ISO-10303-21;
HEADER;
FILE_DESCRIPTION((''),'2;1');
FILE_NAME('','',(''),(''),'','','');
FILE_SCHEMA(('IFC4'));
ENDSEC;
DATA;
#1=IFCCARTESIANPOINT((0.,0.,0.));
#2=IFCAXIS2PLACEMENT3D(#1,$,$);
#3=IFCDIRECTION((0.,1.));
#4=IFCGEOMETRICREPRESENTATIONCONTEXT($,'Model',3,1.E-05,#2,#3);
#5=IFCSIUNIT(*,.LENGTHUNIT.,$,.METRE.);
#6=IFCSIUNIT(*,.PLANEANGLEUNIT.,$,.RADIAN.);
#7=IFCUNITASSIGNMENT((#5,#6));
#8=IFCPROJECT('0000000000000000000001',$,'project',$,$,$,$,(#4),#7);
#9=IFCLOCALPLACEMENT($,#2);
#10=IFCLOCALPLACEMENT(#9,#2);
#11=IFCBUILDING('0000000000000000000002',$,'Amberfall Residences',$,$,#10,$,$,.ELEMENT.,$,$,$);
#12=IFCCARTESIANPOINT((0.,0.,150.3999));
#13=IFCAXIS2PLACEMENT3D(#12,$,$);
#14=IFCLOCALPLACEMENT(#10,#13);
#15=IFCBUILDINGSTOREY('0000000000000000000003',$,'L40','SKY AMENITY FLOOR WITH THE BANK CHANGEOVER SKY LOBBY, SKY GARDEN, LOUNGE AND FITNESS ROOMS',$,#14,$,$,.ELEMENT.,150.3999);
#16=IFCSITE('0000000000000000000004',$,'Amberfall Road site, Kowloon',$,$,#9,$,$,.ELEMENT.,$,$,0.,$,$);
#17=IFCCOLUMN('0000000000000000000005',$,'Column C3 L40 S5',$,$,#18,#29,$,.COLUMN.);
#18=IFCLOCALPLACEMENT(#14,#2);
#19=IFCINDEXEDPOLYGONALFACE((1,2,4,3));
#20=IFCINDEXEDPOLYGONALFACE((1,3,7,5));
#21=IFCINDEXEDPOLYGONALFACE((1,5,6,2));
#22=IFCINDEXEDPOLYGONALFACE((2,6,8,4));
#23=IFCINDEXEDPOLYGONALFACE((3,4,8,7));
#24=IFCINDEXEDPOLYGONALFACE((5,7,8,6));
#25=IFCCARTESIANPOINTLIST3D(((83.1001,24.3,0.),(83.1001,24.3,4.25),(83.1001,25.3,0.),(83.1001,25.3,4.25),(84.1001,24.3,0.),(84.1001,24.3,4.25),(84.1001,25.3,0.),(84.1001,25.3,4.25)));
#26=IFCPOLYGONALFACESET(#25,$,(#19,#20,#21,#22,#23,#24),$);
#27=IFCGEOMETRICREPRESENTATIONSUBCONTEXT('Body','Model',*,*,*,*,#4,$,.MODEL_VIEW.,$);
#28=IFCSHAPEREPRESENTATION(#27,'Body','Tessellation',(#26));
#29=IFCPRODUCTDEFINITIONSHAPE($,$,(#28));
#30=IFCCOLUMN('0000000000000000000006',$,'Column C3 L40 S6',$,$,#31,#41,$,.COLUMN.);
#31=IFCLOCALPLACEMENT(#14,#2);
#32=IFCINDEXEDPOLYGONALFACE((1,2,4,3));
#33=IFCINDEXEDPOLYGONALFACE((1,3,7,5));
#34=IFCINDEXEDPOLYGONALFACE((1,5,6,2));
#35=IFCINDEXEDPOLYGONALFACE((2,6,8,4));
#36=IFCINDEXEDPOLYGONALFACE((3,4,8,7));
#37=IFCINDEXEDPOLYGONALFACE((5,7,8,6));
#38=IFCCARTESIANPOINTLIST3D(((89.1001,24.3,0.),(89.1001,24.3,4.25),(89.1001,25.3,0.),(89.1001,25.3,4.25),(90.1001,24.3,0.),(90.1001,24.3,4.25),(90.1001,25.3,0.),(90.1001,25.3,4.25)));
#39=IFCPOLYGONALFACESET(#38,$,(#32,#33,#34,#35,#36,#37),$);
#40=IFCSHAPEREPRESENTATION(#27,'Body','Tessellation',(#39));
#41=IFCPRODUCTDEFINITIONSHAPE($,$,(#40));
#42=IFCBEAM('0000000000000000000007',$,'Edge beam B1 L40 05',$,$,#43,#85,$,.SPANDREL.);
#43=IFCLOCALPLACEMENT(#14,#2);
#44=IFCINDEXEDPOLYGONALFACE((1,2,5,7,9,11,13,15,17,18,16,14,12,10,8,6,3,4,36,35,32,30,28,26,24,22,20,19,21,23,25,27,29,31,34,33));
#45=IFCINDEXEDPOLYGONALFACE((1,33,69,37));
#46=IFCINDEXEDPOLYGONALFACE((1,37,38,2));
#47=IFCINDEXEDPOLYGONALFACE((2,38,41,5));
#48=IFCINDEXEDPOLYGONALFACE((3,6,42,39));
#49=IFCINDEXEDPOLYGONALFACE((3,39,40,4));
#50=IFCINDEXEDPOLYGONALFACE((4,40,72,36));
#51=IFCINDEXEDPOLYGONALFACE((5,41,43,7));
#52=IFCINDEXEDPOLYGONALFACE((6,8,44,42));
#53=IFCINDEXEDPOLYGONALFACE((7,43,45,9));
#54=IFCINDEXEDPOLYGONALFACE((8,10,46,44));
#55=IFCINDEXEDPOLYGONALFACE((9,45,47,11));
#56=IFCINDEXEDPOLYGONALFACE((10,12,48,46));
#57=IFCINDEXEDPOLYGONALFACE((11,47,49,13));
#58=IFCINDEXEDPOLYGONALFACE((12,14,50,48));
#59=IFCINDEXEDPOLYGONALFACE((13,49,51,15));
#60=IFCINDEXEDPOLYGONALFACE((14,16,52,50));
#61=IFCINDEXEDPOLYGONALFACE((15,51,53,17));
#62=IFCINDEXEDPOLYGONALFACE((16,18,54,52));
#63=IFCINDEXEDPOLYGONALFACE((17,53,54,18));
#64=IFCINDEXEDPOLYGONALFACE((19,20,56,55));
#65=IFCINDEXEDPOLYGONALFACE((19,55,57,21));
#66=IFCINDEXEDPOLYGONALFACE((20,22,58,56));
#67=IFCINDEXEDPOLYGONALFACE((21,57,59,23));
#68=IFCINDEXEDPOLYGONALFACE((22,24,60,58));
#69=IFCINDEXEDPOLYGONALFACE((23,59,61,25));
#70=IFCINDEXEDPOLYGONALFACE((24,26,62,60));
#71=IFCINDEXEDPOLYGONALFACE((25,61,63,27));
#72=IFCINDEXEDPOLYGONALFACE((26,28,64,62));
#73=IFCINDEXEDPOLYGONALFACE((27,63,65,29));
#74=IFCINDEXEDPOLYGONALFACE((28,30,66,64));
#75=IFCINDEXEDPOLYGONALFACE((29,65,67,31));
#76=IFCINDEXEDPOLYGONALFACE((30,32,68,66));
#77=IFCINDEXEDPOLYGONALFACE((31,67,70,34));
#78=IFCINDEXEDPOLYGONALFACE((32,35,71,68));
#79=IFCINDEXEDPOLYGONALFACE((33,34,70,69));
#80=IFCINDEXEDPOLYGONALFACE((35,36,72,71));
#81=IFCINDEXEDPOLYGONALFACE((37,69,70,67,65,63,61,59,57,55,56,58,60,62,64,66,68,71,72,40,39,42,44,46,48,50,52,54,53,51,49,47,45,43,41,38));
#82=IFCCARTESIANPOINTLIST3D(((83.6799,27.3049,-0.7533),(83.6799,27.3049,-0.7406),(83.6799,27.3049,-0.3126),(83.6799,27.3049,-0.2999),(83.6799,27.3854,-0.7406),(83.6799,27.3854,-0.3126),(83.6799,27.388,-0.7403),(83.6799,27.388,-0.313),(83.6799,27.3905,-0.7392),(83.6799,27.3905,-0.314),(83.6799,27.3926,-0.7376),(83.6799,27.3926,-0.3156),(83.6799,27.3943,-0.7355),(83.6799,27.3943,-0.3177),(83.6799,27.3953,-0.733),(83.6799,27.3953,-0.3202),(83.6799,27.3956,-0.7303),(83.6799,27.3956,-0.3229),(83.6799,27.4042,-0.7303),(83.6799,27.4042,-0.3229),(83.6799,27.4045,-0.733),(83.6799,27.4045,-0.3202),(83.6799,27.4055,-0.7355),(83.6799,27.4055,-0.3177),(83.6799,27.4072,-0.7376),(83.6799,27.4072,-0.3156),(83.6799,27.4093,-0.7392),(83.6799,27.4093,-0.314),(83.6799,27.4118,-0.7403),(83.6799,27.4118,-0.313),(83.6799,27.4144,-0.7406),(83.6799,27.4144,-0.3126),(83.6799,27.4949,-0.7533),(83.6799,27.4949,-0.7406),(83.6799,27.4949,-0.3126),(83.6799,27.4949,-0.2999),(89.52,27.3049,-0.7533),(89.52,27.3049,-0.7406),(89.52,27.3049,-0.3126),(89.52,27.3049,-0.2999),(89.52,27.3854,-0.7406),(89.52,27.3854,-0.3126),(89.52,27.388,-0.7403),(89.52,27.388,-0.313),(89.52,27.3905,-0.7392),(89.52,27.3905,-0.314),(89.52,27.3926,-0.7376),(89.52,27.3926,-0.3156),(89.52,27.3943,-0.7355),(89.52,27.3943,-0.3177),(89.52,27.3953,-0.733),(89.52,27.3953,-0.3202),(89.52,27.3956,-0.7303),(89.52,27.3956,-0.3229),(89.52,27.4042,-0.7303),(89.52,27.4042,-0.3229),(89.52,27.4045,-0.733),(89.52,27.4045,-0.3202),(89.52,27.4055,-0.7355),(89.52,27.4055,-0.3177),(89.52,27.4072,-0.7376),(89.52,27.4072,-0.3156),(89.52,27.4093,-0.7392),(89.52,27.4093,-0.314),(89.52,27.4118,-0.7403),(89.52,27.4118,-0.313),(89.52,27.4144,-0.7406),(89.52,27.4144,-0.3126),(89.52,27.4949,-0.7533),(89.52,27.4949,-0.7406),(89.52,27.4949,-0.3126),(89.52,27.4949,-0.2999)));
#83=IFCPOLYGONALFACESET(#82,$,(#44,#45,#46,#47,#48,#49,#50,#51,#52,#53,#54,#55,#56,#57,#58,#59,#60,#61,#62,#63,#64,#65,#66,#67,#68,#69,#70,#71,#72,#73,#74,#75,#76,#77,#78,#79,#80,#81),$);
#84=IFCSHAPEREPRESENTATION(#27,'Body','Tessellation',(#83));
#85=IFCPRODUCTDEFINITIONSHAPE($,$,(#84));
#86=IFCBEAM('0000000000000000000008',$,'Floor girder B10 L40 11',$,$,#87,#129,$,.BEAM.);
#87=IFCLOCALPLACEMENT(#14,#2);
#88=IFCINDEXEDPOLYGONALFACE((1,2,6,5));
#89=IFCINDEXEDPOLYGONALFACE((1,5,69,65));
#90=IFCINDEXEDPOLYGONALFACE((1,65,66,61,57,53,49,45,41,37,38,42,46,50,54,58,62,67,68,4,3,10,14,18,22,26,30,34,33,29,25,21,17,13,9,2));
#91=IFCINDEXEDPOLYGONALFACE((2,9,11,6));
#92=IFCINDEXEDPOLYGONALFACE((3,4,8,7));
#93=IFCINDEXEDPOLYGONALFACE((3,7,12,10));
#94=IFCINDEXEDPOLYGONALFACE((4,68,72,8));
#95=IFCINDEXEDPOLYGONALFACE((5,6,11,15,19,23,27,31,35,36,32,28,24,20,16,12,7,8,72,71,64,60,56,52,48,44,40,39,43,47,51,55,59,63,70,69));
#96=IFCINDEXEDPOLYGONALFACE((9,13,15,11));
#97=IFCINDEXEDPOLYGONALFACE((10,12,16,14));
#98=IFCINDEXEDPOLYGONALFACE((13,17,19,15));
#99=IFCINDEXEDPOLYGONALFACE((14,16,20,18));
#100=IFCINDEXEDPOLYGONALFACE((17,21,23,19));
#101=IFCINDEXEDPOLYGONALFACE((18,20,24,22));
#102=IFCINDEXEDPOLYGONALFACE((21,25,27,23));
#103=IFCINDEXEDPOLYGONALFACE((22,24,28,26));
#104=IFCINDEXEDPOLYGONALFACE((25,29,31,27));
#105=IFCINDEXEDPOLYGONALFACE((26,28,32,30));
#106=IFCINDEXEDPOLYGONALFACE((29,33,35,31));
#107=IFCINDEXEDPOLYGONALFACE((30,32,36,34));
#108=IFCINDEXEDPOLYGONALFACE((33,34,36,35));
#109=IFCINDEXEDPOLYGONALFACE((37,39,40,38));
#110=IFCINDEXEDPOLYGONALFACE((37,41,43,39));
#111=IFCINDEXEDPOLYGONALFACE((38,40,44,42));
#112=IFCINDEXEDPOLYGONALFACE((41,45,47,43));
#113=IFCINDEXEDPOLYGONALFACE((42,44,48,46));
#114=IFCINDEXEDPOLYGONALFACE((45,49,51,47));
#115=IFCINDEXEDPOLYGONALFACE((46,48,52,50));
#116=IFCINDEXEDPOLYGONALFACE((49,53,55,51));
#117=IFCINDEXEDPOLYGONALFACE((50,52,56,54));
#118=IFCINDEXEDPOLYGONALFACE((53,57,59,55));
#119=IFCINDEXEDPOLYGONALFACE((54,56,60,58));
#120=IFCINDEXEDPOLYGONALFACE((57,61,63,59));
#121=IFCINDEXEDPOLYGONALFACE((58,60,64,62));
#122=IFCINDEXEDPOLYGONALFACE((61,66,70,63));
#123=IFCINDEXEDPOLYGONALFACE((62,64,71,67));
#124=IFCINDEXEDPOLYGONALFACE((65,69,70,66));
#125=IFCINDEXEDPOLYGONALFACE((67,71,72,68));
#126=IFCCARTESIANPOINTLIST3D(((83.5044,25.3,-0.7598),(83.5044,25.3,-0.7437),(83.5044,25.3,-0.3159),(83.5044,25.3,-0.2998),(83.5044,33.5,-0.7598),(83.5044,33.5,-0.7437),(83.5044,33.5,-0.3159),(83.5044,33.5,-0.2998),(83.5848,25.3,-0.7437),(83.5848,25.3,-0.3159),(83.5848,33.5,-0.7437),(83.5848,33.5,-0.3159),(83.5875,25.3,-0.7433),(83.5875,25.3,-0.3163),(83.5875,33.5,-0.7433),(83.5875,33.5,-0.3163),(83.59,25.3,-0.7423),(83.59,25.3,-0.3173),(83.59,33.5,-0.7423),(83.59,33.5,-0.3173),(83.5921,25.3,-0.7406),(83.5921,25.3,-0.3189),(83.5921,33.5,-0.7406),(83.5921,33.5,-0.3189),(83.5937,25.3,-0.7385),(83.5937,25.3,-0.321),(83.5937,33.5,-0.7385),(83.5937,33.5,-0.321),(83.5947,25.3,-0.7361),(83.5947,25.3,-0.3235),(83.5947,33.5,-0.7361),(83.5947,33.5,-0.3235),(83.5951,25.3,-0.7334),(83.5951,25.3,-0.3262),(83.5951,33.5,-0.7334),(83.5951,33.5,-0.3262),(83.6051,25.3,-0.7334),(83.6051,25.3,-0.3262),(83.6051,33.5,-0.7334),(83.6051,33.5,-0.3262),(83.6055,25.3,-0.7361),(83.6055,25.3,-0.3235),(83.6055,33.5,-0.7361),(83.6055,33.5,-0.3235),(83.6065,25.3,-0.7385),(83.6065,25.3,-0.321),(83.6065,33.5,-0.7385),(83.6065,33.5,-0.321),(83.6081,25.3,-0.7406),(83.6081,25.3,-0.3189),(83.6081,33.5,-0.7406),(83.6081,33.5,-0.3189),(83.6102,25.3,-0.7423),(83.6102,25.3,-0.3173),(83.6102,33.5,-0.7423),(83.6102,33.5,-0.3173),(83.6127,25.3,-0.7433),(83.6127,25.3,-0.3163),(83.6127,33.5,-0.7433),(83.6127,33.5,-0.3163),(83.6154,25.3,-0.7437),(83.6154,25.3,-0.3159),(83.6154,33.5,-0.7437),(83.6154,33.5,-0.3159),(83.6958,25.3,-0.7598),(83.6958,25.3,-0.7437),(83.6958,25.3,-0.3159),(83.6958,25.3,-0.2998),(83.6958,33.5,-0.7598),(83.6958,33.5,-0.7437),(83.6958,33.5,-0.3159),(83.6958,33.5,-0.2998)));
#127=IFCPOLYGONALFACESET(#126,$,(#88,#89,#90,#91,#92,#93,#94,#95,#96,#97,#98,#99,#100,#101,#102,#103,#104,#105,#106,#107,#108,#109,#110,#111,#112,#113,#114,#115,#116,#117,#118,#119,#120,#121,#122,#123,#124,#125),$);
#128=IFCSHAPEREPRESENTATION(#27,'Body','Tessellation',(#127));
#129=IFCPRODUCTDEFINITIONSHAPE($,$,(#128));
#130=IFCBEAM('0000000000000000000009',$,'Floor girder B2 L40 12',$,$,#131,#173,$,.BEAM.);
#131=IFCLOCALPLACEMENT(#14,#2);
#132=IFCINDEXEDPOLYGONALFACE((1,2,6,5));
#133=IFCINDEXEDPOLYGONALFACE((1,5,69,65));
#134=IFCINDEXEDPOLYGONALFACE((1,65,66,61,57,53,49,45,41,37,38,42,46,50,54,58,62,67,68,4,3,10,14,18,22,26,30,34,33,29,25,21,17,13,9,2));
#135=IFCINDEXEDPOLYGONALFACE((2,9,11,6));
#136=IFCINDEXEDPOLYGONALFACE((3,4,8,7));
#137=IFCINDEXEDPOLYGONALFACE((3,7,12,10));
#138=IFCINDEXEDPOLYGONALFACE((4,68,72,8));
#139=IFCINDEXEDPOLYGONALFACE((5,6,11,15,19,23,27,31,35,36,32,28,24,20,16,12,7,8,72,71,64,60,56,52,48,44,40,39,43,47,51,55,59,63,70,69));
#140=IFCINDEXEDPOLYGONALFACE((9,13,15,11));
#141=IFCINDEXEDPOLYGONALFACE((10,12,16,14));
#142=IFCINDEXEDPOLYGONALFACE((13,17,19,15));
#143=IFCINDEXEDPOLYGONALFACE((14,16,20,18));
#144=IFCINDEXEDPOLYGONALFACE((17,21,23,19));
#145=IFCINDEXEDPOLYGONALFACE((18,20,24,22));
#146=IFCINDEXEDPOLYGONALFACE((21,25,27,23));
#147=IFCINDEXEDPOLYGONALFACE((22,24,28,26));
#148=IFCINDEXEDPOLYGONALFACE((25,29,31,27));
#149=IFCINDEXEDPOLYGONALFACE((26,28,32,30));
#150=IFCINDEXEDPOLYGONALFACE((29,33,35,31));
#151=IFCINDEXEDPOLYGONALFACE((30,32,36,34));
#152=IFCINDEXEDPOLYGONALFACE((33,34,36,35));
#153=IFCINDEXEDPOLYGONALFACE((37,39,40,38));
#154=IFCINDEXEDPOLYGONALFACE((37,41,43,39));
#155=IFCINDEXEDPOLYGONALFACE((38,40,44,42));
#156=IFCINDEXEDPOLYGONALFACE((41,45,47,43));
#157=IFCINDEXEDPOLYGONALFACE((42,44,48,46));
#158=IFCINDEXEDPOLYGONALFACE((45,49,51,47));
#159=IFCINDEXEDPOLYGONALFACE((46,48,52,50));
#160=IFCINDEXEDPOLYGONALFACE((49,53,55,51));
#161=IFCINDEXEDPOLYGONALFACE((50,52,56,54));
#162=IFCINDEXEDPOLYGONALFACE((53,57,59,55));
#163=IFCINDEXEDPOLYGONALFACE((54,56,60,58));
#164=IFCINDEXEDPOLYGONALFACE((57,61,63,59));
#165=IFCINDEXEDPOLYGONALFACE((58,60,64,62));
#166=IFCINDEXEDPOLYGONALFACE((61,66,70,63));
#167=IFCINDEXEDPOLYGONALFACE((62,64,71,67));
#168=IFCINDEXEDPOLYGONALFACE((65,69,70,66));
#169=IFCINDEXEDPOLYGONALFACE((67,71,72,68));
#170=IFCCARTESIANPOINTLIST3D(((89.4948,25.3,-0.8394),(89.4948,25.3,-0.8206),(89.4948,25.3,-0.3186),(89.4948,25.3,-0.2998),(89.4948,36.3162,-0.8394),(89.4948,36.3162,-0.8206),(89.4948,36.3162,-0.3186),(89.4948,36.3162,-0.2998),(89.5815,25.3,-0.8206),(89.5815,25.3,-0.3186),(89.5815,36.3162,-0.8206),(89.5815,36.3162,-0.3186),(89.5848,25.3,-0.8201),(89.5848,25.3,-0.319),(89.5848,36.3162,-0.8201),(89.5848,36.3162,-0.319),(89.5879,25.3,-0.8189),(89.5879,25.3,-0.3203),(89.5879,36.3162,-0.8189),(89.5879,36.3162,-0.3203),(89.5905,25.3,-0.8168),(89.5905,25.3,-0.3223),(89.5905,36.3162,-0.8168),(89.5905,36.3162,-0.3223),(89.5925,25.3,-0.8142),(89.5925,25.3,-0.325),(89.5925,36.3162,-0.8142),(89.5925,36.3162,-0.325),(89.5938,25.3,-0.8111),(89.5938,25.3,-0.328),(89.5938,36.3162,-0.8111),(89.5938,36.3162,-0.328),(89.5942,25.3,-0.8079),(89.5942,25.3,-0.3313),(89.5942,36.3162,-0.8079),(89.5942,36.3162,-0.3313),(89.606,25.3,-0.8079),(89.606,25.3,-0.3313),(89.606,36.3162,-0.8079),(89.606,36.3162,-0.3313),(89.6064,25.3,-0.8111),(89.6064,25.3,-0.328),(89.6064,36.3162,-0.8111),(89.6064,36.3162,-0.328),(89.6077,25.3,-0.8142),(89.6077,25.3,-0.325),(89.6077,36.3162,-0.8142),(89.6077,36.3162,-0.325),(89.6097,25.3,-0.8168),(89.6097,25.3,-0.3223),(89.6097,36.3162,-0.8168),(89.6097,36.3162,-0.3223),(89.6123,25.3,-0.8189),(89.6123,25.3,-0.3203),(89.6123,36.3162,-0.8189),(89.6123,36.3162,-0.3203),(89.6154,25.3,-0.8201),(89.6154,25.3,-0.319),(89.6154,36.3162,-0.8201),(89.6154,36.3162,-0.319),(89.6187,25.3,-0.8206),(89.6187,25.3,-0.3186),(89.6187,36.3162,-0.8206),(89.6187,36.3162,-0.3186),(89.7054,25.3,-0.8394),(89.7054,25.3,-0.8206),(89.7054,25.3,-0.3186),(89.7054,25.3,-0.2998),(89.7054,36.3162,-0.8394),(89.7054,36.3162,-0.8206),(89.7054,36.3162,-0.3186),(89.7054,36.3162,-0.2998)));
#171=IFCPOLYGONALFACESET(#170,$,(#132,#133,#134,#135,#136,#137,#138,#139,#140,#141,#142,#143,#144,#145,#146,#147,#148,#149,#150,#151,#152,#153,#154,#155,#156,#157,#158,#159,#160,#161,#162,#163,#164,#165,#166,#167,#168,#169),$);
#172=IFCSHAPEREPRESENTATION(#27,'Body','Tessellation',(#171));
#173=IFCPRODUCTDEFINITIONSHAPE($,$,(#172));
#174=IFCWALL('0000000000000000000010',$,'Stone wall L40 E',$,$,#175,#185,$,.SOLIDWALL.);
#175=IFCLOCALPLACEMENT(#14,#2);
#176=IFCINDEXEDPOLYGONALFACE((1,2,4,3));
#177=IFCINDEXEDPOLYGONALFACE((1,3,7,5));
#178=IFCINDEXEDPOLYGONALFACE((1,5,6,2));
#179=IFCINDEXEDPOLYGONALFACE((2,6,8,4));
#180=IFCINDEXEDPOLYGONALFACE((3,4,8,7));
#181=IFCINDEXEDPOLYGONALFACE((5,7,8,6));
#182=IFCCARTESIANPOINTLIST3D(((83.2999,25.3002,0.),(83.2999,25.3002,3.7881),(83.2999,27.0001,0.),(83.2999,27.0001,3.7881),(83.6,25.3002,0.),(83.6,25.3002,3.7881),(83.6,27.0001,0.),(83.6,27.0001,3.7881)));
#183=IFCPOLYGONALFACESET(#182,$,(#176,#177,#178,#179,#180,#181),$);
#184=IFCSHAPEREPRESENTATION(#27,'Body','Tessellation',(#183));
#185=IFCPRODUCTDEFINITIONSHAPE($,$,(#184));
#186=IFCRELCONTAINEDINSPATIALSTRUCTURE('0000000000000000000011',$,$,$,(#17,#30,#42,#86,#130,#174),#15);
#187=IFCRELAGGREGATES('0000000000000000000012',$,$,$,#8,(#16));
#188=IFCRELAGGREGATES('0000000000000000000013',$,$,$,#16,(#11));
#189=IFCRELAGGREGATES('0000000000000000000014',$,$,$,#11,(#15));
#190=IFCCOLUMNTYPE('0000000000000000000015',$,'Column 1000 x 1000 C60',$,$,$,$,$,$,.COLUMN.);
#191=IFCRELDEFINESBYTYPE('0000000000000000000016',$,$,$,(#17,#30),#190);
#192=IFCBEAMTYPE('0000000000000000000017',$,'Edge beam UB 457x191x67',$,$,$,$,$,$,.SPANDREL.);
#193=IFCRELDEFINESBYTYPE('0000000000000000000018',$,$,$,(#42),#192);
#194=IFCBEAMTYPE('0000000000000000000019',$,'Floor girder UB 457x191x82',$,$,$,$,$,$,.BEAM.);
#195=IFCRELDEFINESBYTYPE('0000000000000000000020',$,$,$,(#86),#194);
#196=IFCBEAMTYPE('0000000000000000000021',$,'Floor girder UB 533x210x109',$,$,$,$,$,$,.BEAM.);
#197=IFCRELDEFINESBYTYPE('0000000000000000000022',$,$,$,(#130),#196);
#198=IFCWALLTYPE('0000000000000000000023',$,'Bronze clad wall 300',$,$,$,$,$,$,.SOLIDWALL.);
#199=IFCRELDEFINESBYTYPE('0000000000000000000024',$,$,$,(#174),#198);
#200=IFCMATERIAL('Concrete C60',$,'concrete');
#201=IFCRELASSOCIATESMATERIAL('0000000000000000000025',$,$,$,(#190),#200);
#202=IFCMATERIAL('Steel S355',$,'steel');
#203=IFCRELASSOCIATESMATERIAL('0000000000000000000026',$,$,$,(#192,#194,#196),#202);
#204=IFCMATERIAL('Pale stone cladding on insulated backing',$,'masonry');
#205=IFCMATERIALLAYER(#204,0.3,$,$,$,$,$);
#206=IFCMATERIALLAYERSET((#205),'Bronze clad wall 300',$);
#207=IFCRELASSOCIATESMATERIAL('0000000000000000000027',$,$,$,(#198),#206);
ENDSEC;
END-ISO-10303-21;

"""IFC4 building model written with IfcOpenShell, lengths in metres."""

from ifc_helpers import new_model, si_unit, direction, frame, frame_2d, origin, origin_2d, place, context, subcontext, project, spatial, rectangle, i_section, extrude, material, layer, layer_set, material_profile, profile_set, type_object, element, save


model = new_model("IFC4")

# Units and contexts
model_context = context("Model", 3, precision=1e-05, world=origin(), true_north=direction((0.0, 1.0)))
body_context = subcontext(model_context, "Body", "Model", "MODEL_VIEW")
ifc_project = project(units=[si_unit("LENGTHUNIT", "METRE"), si_unit("PLANEANGLEUNIT", "RADIAN")], contexts=[model_context])

# Site, building, storey
site_placement = place(None, origin())
site = spatial("IfcSite", under=ifc_project, at=site_placement, Name="Amberfall Road site, Kowloon", CompositionType="ELEMENT", RefElevation=0.0)
building_placement = place(site_placement, origin())
building = spatial("IfcBuilding", under=site, at=building_placement, Name="Amberfall Residences", CompositionType="ELEMENT")
storey_placement = place(building_placement, frame((0.0, 0.0, 150.3999)))
storey = spatial("IfcBuildingStorey", under=building, at=storey_placement, Name="L40", Description="SKY AMENITY FLOOR WITH THE BANK CHANGEOVER SKY LOBBY, SKY GARDEN, LOUNGE AND FITNESS ROOMS", CompositionType="ELEMENT", Elevation=150.3999)

# Columns
ifc_material_1 = material(Name="Concrete C60", Category="concrete")
ifc_material_profile_1 = material_profile(ifc_material_1, rectangle(XDim=1.0, YDim=1.0, at=origin_2d()), Name="Column 1000 x 1000 C60")
ifc_profile_set_1 = profile_set([ifc_material_profile_1], Name="Concrete C60")
column_type = type_object("IfcColumnType", Name="Column 1000 x 1000 C60", PredefinedType="COLUMN", material=ifc_profile_set_1)
for number, where, z_axis, x_axis, name in (
    (1, (83.6001, 24.8, 0.0), (0.0, 0.0, 1.0), (1.0, 0.0, 0.0), "Column C3 L40 S5"),
    (2, (89.6001, 24.8, 0.0), (0.0, 0.0, 1.0), (1.0, 0.0, 0.0), "Column C3 L40 S6"),
):
    element("IfcColumn", number, at=place(storey_placement, frame(where, z_axis=z_axis, x_axis=x_axis)), inside=storey, type_object=column_type, Name=name, PredefinedType="COLUMN", context=body_context, shape_type="SweptSolid", body=[
        extrude(rectangle(XDim=1.0, YDim=1.0, at=origin_2d()), origin(), (0.0, 0.0, 1.0), 4.25),
    ])

# Beams
ifc_material_2 = material(Name="Steel S355", Category="steel")
ifc_material_profile_2 = material_profile(ifc_material_2, i_section(OverallWidth=0.1899, OverallDepth=0.4534, WebThickness=0.0085, FlangeThickness=0.0127, FilletRadius=0.0103, at=origin_2d()), Name="UB 457x191x67")
ifc_profile_set_2 = profile_set([ifc_material_profile_2], Name="Steel S355")
beam_type_1 = type_object("IfcBeamType", Name="Edge beam UB 457x191x67", PredefinedType="SPANDREL", material=ifc_profile_set_2)
beam_1_placement = place(storey_placement, frame((83.6799, 27.3999, -0.5266), z_axis=(1.0, 0.0, 0.0), x_axis=(0.0, 1.0, 0.0)))
element("IfcBeam", 3, at=beam_1_placement, inside=storey, type_object=beam_type_1, Name="Edge beam B1 L40 05", PredefinedType="SPANDREL", context=body_context, shape_type="SweptSolid", body=[
    extrude(i_section(OverallWidth=0.1899, OverallDepth=0.4534, WebThickness=0.0085, FlangeThickness=0.0127, FilletRadius=0.0103, at=origin_2d()), origin(), (0.0, 0.0, 1.0), 5.8401),
])
ifc_material_profile_3 = material_profile(ifc_material_2, i_section(OverallWidth=0.1914, OverallDepth=0.46, WebThickness=0.01, FlangeThickness=0.0161, FilletRadius=0.0103, at=origin_2d()), Name="UB 457x191x82")
ifc_profile_set_3 = profile_set([ifc_material_profile_3], Name="Steel S355")
beam_type_2 = type_object("IfcBeamType", Name="Floor girder UB 457x191x82", PredefinedType="BEAM", material=ifc_profile_set_3)
beam_2_placement = place(storey_placement, frame((83.6001, 25.3, -0.5298), z_axis=(0.0, 1.0, 0.0), x_axis=(-1.0, 0.0, 0.0)))
element("IfcBeam", 4, at=beam_2_placement, inside=storey, type_object=beam_type_2, Name="Floor girder B10 L40 11", PredefinedType="BEAM", context=body_context, shape_type="SweptSolid", body=[
    extrude(i_section(OverallWidth=0.1914, OverallDepth=0.46, WebThickness=0.01, FlangeThickness=0.0161, FilletRadius=0.0103, at=origin_2d()), origin(), (0.0, 0.0, 1.0), 8.2),
])
ifc_material_profile_4 = material_profile(ifc_material_2, i_section(OverallWidth=0.2107, OverallDepth=0.5396, WebThickness=0.0117, FlangeThickness=0.0188, FilletRadius=0.0127, at=origin_2d()), Name="UB 533x210x109")
ifc_profile_set_4 = profile_set([ifc_material_profile_4], Name="Steel S355")
beam_type_3 = type_object("IfcBeamType", Name="Floor girder UB 533x210x109", PredefinedType="BEAM", material=ifc_profile_set_4)
beam_3_placement = place(storey_placement, frame((89.6001, 25.3, -0.5696), z_axis=(0.0, 1.0, 0.0), x_axis=(-1.0, 0.0, 0.0)))
element("IfcBeam", 5, at=beam_3_placement, inside=storey, type_object=beam_type_3, Name="Floor girder B2 L40 12", PredefinedType="BEAM", context=body_context, shape_type="SweptSolid", body=[
    extrude(i_section(OverallWidth=0.2107, OverallDepth=0.5396, WebThickness=0.0117, FlangeThickness=0.0188, FilletRadius=0.0127, at=origin_2d()), origin(), (0.0, 0.0, 1.0), 11.0161),
])

# Wall
ifc_material_3 = material(Name="Pale stone cladding on insulated backing", Category="masonry")
ifc_layer_1 = layer(ifc_material_3, 0.3)
ifc_layer_set_1 = layer_set([ifc_layer_1], Name="Bronze clad wall 300")
wall_type_1 = type_object("IfcWallType", Name="Bronze clad wall 300", PredefinedType="SOLIDWALL", material=ifc_layer_set_1)
wall_1_placement = place(storey_placement, frame((83.45, 25.3, 0.0), z_axis=(0.0, 0.0, 1.0), x_axis=(0.0, 1.0, 0.0)))
element("IfcWall", 6, at=wall_1_placement, inside=storey, type_object=wall_type_1, Name="Stone wall L40 E", PredefinedType="SOLIDWALL", context=body_context, shape_type="SweptSolid", body=[
    extrude(rectangle(XDim=1.7, YDim=0.3, at=frame_2d((0.8501, 0.0))), origin(), (0.0, 0.0, 1.0), 3.7881),
])

save(model, "model.ifc")
